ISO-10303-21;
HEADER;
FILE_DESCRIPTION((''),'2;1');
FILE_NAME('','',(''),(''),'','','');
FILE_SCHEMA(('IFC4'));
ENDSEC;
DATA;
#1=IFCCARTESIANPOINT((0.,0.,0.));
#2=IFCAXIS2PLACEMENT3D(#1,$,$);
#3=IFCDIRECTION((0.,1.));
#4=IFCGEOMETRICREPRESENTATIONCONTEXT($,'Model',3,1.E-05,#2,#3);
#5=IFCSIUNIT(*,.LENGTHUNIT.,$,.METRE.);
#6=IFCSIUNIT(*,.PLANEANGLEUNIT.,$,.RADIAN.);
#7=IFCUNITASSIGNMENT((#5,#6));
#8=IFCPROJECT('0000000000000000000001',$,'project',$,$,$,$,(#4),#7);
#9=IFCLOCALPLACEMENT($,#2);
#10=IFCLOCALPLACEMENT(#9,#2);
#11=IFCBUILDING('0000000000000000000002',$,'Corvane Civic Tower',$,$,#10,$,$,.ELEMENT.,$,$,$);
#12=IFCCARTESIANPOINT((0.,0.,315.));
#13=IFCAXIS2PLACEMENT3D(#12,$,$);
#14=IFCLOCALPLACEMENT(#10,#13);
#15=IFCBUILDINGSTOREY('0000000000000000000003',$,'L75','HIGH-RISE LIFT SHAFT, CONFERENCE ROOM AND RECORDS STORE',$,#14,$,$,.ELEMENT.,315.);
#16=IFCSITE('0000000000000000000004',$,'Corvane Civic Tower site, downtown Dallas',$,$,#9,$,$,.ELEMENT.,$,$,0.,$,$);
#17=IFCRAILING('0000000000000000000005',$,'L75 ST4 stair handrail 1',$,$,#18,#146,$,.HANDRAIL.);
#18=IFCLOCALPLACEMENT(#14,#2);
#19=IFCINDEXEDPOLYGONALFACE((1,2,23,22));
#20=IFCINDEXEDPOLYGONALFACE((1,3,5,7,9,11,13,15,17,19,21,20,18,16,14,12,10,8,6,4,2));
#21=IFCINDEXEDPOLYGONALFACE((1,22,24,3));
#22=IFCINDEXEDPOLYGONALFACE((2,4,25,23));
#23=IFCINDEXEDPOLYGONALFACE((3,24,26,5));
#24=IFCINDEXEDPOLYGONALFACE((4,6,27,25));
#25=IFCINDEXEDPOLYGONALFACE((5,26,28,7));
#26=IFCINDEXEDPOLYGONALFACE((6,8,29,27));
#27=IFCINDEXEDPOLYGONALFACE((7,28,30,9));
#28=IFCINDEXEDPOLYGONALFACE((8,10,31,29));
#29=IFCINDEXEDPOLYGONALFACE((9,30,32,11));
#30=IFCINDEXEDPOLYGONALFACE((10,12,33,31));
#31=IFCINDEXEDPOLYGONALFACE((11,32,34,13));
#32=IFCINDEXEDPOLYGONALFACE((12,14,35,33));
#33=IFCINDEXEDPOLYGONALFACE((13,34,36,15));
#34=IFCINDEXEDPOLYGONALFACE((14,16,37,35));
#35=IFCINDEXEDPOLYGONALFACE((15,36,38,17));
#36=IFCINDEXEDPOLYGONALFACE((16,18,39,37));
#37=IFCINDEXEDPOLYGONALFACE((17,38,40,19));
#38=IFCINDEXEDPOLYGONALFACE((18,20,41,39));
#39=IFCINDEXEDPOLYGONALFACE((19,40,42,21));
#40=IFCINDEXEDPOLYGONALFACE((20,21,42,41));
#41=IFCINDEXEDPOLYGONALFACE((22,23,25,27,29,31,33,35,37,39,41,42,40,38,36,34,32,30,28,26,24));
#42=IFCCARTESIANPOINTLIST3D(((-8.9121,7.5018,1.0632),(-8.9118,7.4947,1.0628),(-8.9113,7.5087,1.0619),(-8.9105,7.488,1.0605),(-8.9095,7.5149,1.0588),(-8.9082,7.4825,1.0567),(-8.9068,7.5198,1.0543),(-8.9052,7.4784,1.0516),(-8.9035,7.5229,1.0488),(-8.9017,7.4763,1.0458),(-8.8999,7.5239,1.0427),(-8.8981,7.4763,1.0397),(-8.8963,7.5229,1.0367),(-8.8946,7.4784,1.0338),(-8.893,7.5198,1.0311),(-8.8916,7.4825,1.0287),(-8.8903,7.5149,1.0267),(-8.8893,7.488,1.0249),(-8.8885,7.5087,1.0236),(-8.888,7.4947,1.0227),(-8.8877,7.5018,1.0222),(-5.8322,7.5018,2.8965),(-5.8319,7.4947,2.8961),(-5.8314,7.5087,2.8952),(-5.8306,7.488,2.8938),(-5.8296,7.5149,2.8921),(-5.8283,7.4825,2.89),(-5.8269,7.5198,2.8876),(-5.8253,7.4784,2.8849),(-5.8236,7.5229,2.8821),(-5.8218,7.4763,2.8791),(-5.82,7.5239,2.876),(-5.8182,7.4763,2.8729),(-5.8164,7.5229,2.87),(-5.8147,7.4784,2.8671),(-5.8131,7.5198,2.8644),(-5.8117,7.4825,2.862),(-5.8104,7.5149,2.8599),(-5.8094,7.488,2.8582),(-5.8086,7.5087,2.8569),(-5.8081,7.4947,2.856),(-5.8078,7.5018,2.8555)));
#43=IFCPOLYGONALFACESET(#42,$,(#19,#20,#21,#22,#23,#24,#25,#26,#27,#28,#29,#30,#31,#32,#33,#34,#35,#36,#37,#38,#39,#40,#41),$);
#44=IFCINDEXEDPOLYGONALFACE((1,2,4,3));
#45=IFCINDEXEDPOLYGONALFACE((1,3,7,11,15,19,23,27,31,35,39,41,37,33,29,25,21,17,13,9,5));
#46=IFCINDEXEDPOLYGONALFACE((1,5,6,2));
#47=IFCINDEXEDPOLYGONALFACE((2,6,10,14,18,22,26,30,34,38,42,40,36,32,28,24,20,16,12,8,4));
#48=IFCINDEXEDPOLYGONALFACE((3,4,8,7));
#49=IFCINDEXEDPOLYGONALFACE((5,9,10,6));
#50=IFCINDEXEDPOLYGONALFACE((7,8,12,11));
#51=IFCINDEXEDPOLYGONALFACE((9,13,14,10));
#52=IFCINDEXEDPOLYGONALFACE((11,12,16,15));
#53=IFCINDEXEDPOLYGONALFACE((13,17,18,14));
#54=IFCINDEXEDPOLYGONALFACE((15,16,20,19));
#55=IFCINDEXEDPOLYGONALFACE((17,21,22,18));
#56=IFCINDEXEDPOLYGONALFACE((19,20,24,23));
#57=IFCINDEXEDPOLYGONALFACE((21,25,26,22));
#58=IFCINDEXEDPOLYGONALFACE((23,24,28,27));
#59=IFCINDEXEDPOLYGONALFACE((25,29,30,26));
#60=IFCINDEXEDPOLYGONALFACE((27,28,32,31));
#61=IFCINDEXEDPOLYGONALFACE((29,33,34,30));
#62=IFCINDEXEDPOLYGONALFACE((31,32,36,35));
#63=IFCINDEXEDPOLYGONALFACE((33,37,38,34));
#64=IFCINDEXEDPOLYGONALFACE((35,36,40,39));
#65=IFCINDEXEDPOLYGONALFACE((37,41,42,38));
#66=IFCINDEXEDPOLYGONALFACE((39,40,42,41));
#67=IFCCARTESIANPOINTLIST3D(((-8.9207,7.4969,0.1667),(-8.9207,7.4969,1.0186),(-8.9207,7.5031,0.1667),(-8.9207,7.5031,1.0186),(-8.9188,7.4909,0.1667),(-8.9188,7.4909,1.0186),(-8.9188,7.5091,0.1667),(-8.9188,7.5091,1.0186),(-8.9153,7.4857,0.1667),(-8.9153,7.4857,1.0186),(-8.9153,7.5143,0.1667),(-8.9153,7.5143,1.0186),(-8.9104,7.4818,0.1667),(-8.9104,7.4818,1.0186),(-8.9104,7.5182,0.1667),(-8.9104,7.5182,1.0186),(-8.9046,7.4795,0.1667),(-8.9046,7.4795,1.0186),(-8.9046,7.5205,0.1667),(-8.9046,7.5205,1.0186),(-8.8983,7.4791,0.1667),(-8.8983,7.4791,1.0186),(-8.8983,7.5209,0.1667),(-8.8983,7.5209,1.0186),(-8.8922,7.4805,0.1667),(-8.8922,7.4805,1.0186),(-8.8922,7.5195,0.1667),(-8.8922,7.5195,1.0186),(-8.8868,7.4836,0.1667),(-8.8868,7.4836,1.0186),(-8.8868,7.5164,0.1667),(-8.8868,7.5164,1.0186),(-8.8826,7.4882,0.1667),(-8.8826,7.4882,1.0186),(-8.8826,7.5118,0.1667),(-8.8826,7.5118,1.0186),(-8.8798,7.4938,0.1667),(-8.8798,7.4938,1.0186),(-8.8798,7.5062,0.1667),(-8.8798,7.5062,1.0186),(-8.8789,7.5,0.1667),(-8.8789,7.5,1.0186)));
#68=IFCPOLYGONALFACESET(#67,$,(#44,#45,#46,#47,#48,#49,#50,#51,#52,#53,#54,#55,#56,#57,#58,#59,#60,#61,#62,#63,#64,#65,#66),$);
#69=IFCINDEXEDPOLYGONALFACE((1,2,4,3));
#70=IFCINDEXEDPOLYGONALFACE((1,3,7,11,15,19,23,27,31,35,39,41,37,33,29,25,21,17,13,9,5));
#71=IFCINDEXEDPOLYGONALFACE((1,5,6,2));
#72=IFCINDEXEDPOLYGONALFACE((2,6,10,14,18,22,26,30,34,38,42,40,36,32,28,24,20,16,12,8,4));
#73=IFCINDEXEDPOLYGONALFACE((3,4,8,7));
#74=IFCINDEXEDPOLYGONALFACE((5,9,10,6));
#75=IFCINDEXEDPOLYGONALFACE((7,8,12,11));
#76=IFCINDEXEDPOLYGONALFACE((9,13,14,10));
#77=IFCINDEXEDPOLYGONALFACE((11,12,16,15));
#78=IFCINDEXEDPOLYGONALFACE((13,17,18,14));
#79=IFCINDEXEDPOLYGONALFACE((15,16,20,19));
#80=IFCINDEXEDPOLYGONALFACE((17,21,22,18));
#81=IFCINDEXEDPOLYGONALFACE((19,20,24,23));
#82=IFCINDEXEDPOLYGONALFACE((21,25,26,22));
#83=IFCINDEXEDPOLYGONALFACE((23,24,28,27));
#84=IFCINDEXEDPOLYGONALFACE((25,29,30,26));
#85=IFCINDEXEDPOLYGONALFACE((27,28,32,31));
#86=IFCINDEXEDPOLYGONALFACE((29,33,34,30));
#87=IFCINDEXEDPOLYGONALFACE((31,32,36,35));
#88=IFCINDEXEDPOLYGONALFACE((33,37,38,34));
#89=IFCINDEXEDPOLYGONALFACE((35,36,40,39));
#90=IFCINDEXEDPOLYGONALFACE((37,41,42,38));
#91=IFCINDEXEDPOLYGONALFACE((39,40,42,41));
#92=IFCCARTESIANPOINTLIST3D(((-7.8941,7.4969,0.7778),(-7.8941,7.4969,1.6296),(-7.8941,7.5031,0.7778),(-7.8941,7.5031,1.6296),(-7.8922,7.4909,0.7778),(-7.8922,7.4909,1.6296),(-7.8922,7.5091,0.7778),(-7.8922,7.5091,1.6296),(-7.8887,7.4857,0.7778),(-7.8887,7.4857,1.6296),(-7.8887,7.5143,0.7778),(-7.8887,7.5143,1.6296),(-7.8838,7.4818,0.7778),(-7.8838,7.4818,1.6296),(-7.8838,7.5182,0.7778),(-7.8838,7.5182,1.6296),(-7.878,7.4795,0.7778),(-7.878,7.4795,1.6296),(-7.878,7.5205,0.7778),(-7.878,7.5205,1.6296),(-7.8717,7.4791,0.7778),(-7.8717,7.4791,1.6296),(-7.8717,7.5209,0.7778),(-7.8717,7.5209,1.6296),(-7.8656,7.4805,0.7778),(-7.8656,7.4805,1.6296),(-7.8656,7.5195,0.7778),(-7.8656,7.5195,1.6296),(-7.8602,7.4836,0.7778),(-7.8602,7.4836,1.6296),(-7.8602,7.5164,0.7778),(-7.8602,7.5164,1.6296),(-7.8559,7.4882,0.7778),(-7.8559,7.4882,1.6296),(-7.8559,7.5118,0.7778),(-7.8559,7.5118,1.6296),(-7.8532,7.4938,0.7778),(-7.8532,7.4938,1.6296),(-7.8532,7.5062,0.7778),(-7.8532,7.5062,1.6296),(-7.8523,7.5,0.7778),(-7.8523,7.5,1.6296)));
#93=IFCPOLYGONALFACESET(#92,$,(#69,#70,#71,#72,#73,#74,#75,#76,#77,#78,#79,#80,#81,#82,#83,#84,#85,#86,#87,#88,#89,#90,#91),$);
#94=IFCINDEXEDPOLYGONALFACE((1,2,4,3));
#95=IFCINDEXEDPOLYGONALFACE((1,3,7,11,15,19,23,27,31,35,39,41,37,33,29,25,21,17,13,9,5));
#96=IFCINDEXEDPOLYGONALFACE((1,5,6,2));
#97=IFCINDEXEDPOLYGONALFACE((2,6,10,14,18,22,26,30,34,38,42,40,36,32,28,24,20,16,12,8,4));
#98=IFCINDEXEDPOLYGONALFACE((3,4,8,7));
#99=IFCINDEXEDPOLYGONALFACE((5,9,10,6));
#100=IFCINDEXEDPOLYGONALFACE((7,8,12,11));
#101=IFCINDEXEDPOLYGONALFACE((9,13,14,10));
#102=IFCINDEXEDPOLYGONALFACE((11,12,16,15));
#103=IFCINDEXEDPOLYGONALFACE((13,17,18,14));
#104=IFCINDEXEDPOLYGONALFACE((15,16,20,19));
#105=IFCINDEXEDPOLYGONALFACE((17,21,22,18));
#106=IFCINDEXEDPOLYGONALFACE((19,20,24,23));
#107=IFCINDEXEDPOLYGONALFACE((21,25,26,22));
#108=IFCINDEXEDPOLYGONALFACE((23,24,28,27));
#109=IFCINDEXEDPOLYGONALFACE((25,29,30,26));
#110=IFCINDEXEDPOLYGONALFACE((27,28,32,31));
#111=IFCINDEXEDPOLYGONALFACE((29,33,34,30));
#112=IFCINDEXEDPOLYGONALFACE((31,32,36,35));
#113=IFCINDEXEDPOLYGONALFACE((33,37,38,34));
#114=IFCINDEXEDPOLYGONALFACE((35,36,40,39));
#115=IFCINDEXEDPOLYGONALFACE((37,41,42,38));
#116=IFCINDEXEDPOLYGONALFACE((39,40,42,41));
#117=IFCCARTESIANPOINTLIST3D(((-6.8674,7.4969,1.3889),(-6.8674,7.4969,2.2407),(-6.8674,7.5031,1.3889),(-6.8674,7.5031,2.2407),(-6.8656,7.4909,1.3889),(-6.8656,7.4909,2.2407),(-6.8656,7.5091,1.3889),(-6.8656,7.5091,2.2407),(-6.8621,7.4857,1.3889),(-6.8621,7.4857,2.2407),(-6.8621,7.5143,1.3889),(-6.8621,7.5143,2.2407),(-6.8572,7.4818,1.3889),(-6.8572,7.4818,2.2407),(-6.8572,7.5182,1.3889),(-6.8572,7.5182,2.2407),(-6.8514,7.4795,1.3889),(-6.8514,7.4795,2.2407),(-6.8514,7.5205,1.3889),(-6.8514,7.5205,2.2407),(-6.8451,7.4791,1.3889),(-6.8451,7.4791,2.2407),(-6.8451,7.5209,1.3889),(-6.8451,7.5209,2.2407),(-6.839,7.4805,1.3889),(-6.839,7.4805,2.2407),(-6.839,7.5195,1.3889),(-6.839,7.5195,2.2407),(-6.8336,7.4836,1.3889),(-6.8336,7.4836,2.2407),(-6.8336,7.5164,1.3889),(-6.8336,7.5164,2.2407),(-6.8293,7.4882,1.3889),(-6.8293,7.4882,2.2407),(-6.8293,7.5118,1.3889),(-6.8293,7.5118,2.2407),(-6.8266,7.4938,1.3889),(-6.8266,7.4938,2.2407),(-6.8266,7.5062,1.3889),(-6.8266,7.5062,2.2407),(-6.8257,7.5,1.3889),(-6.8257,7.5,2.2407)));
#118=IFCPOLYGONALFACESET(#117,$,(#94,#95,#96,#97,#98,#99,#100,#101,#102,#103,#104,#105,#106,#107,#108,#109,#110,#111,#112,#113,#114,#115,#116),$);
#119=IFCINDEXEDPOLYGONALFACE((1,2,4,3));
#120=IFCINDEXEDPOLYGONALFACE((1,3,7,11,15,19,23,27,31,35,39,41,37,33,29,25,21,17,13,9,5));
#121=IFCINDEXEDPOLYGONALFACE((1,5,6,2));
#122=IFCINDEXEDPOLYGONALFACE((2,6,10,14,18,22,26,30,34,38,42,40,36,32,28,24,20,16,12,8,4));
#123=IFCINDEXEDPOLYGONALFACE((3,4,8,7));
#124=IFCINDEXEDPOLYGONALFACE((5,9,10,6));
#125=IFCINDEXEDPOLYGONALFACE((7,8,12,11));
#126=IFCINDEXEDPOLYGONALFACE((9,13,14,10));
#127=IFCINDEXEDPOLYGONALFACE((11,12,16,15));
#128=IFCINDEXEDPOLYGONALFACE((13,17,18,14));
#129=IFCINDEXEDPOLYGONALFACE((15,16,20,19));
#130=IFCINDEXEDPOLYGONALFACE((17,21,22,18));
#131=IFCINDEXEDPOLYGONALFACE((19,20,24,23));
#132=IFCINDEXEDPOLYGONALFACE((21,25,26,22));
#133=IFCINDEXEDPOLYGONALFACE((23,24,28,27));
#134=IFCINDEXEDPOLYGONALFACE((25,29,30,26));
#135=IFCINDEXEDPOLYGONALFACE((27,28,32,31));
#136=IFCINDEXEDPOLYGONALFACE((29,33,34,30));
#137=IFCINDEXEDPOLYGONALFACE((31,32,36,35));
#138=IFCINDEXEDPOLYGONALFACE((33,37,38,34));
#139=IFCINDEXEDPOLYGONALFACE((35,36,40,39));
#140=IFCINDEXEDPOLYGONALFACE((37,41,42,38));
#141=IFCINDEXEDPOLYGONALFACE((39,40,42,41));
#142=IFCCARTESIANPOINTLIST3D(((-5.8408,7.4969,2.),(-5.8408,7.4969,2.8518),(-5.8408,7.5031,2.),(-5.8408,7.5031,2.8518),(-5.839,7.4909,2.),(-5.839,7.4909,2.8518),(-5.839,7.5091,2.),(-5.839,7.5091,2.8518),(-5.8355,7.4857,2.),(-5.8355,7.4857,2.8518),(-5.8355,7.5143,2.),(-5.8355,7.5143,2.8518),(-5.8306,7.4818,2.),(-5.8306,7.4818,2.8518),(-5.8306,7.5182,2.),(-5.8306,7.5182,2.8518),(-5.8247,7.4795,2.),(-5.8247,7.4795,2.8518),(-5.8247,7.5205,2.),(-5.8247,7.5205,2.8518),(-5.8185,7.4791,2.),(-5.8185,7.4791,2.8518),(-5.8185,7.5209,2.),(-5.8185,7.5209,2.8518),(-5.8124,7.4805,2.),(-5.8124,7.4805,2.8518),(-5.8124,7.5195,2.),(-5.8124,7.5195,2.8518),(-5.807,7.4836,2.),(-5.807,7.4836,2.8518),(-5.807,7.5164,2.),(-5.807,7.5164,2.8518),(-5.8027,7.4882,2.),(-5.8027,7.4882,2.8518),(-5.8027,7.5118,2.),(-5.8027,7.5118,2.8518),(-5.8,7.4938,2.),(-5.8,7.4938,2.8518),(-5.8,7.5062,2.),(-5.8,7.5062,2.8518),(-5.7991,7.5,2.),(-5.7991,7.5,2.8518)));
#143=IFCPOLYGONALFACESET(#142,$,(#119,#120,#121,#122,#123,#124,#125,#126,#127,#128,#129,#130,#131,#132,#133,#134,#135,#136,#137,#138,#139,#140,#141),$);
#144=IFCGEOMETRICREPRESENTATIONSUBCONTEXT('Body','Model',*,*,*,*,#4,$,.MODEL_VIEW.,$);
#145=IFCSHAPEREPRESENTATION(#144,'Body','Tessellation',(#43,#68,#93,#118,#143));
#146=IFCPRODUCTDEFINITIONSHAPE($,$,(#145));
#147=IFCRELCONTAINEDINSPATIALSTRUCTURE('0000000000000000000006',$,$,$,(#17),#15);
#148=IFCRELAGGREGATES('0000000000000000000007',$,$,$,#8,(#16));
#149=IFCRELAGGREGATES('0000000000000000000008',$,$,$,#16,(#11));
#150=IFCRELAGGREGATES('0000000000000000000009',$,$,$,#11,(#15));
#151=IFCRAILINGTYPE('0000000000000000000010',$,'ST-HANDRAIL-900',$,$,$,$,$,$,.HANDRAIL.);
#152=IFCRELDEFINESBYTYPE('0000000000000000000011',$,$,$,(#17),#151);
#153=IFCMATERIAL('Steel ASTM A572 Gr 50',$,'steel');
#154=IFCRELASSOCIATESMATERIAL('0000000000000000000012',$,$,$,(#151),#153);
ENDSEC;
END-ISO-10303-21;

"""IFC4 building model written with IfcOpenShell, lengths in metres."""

from ifc_helpers import new_model, si_unit, direction, frame, origin, origin_2d, place, context, subcontext, project, spatial, circle, extrude, material, type_object, element, save


model = new_model("IFC4")

# Units and contexts
model_context = context("Model", 3, precision=1e-05, world=origin(), true_north=direction((0.0, 1.0)))
body_context = subcontext(model_context, "Body", "Model", "MODEL_VIEW")
ifc_project = project(units=[si_unit("LENGTHUNIT", "METRE"), si_unit("PLANEANGLEUNIT", "RADIAN")], contexts=[model_context])

# Site, building, storey
site_placement = place(None, origin())
site = spatial("IfcSite", under=ifc_project, at=site_placement, Name="Corvane Civic Tower site, downtown Dallas", CompositionType="ELEMENT", RefElevation=0.0)
building_placement = place(site_placement, origin())
building = spatial("IfcBuilding", under=site, at=building_placement, Name="Corvane Civic Tower", CompositionType="ELEMENT")
storey_placement = place(building_placement, frame((0.0, 0.0, 315.0)))
storey = spatial("IfcBuildingStorey", under=building, at=storey_placement, Name="L75", Description="HIGH-RISE LIFT SHAFT, CONFERENCE ROOM AND RECORDS STORE", CompositionType="ELEMENT", Elevation=315.0)

# Railing
ifc_material_1 = material(Name="Steel ASTM A572 Gr 50", Category="steel")
railing_type_1 = type_object("IfcRailingType", Name="ST-HANDRAIL-900", PredefinedType="HANDRAIL", material=ifc_material_1)
railing_1_placement = place(storey_placement, frame((-8.8999, 7.5, 0.1667)))
element("IfcRailing", 1, at=railing_1_placement, inside=storey, type_object=railing_type_1, Name="L75 ST4 stair handrail 1", PredefinedType="HANDRAIL", context=body_context, shape_type="SweptSolid", body=[
    extrude(circle(Radius=0.0239, at=origin_2d()), frame((0.0, 0.0, 0.876), z_axis=(0.859291, 0.0, 0.511487), x_axis=(0.0, 1.0, 0.0)), (0.0, 0.0, 1.0), 3.5842),
    extrude(circle(Radius=0.021, at=origin_2d()), origin(), (0.0, 0.0, 1.0), 0.8518),
    extrude(circle(Radius=0.021, at=origin_2d()), frame((1.0266, 0.0, 0.6111)), (0.0, 0.0, 1.0), 0.8518),
    extrude(circle(Radius=0.021, at=origin_2d()), frame((2.0532, 0.0, 1.2222)), (0.0, 0.0, 1.0), 0.8518),
    extrude(circle(Radius=0.021, at=origin_2d()), frame((3.0798, 0.0, 1.8333)), (0.0, 0.0, 1.0), 0.8518),
])

save(model, "model.ifc")
